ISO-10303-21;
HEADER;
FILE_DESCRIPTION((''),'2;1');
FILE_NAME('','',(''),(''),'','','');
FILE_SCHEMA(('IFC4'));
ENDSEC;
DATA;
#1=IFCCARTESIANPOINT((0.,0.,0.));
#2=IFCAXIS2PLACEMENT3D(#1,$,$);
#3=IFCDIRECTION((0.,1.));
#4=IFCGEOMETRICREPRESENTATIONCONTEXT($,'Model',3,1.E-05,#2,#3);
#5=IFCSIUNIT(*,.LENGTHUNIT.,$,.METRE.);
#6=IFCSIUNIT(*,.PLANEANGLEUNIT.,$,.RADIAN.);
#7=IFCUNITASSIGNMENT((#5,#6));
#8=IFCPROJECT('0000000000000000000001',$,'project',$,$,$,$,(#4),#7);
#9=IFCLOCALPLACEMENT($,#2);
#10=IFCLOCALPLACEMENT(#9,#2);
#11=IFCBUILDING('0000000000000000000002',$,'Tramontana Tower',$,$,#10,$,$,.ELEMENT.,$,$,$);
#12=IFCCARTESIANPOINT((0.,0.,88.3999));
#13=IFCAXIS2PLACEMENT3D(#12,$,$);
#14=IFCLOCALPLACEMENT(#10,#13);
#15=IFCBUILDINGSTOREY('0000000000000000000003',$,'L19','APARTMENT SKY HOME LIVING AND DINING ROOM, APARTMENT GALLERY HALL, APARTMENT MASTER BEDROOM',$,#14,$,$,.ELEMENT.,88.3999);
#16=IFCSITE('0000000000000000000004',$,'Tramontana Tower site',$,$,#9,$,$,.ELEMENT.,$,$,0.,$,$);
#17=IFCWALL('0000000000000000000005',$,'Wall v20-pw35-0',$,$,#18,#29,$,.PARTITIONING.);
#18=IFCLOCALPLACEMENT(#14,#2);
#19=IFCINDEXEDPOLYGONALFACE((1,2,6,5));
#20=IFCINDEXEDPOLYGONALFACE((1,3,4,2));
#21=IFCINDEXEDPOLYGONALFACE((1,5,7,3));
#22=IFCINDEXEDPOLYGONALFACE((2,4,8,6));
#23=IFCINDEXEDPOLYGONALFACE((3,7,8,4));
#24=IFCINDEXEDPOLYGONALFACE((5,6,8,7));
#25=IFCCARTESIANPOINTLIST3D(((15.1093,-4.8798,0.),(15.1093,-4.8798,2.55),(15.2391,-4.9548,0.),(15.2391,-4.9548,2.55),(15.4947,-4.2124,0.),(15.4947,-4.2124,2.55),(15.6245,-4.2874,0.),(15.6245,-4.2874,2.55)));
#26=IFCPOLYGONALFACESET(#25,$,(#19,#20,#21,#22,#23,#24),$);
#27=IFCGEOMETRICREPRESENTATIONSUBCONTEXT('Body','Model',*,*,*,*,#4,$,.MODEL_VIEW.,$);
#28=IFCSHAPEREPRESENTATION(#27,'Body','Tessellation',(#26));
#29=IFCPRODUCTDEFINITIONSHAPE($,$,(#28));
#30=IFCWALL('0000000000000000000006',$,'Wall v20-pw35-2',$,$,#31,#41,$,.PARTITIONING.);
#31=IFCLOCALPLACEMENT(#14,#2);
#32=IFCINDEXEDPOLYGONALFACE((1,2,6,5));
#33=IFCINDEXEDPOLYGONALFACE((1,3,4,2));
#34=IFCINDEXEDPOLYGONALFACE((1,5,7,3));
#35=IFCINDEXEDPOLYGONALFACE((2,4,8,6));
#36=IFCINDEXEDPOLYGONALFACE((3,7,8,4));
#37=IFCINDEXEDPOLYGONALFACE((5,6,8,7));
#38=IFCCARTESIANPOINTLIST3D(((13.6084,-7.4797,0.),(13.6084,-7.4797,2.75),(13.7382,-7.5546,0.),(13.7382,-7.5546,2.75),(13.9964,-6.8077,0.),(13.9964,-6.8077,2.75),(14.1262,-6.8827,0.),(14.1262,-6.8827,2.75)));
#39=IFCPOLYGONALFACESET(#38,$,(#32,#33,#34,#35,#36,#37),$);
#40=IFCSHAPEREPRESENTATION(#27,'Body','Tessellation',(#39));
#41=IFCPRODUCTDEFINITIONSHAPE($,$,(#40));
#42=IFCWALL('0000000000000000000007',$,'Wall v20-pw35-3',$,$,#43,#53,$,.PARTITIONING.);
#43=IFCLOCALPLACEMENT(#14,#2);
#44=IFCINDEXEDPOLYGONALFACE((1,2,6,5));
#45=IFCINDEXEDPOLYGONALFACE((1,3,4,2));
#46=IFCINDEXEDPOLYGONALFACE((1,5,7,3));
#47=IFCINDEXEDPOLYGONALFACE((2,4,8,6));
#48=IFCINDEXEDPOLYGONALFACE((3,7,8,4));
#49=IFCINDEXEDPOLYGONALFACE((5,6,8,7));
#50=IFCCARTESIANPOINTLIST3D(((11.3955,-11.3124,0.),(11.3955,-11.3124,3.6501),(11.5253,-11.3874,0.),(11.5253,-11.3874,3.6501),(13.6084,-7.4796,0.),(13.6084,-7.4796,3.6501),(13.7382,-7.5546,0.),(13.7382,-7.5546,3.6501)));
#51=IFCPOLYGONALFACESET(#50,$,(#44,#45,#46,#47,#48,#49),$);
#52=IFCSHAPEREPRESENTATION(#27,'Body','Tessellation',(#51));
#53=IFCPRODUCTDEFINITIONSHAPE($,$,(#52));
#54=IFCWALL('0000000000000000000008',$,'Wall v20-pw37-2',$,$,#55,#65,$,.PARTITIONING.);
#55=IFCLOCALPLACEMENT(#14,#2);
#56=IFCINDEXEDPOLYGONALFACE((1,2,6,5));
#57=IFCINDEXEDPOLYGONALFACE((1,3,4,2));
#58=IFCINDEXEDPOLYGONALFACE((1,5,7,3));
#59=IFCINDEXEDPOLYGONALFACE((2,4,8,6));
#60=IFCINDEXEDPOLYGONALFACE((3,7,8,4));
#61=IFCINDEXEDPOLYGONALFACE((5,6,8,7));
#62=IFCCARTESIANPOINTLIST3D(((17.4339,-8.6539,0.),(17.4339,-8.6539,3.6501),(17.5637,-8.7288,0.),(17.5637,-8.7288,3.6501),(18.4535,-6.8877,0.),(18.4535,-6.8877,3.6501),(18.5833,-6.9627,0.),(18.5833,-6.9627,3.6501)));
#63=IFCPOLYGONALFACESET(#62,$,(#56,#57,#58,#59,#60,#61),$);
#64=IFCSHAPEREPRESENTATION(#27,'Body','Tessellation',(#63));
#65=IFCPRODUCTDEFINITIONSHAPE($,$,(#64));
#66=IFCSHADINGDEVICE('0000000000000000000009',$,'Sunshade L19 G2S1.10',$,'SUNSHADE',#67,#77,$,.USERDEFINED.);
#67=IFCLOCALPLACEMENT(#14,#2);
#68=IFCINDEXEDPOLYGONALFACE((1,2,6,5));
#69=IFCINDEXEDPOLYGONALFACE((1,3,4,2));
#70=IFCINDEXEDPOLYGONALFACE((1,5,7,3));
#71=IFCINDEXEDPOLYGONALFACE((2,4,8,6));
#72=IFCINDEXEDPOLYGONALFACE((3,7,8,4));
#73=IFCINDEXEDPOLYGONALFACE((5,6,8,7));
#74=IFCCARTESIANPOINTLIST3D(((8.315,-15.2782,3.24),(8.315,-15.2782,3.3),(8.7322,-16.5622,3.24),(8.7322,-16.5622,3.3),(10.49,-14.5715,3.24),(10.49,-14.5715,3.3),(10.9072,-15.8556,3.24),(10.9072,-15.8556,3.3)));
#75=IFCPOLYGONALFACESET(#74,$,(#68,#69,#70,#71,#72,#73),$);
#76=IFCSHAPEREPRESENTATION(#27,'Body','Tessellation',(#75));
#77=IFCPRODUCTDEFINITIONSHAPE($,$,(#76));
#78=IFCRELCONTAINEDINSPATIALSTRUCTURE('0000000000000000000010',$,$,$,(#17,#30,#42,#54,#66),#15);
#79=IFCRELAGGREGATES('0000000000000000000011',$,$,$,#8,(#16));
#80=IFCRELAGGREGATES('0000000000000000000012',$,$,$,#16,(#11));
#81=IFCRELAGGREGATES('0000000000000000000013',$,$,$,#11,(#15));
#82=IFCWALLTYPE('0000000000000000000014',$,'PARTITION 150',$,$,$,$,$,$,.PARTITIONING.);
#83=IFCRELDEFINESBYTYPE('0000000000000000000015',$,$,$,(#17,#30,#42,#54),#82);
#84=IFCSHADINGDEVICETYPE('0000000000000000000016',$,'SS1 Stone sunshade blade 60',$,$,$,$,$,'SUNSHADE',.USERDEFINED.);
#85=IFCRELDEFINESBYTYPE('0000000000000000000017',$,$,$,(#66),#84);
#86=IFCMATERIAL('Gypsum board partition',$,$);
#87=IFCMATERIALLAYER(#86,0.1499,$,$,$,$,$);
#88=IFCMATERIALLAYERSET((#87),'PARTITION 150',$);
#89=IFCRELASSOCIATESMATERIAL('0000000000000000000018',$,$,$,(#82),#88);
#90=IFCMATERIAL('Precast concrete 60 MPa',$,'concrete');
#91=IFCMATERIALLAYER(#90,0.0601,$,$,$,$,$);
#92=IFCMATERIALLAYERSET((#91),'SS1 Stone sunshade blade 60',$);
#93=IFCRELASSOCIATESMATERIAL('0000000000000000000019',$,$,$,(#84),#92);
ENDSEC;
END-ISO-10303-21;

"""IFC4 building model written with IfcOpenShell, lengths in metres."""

from ifc_helpers import new_model, si_unit, direction, frame, frame_2d, origin, origin_2d, place, context, subcontext, project, spatial, rectangle, extrude, material, layer, layer_set, type_object, element, save


model = new_model("IFC4")

# Units and contexts
model_context = context("Model", 3, precision=1e-05, world=origin(), true_north=direction((0.0, 1.0)))
body_context = subcontext(model_context, "Body", "Model", "MODEL_VIEW")
ifc_project = project(units=[si_unit("LENGTHUNIT", "METRE"), si_unit("PLANEANGLEUNIT", "RADIAN")], contexts=[model_context])

# Site, building, storey
site_placement = place(None, origin())
site = spatial("IfcSite", under=ifc_project, at=site_placement, Name="Tramontana Tower site", CompositionType="ELEMENT", RefElevation=0.0)
building_placement = place(site_placement, origin())
building = spatial("IfcBuilding", under=site, at=building_placement, Name="Tramontana Tower", CompositionType="ELEMENT")
storey_placement = place(building_placement, frame((0.0, 0.0, 88.3999)))
storey = spatial("IfcBuildingStorey", under=building, at=storey_placement, Name="L19", Description="APARTMENT SKY HOME LIVING AND DINING ROOM, APARTMENT GALLERY HALL, APARTMENT MASTER BEDROOM", CompositionType="ELEMENT", Elevation=88.3999)

# Shared definitions
ifc_material_1 = material(Name="Gypsum board partition")
ifc_layer_1 = layer(ifc_material_1, 0.1499)
ifc_layer_set_1 = layer_set([ifc_layer_1], Name="PARTITION 150")
wall_type_1 = type_object("IfcWallType", Name="PARTITION 150", PredefinedType="PARTITIONING", material=ifc_layer_set_1)

# Wall
wall_1_placement = place(storey_placement, frame((15.5596, -4.25, 0.0), z_axis=(0.0, 0.0, 1.0), x_axis=(-0.500125, -0.865953, 0.0)))
element("IfcWall", 1, at=wall_1_placement, inside=storey, type_object=wall_type_1, Name="Wall v20-pw35-0", PredefinedType="PARTITIONING", context=body_context, shape_type="SweptSolid", body=[
    extrude(rectangle(XDim=0.7708, YDim=0.1499, at=frame_2d((0.3853, 0.0))), origin(), (0.0, 0.0, 1.0), 2.55),
])

# Walls
wall_2_placement = place(storey_placement, frame((14.0613, -6.8452, 0.0), z_axis=(0.0, 0.0, 1.0), x_axis=(-0.500031, -0.866007, 0.0)))
element("IfcWall", 2, at=wall_2_placement, inside=storey, type_object=wall_type_1, Name="Wall v20-pw35-2", PredefinedType="PARTITIONING", context=body_context, shape_type="SweptSolid", body=[
    extrude(rectangle(XDim=0.7759, YDim=0.1499, at=frame_2d((0.3879, 0.0))), origin(), (0.0, 0.0, 1.0), 2.75),
])
wall_3_placement = place(storey_placement, frame((13.6733, -7.5171, 0.0), z_axis=(0.0, 0.0, 1.0), x_axis=(-0.500007, -0.866021, 0.0)))
element("IfcWall", 3, at=wall_3_placement, inside=storey, type_object=wall_type_1, Name="Wall v20-pw35-3", PredefinedType="PARTITIONING", context=body_context, shape_type="SweptSolid", body=[
    extrude(rectangle(XDim=4.4258, YDim=0.1499, at=frame_2d((2.2129, 0.0))), origin(), (0.0, 0.0, 1.0), 3.6501),
])
wall_4_placement = place(storey_placement, frame((18.5183, -6.9253, 0.0), z_axis=(0.0, 0.0, 1.0), x_axis=(-0.49995, -0.866054, 0.0)))
element("IfcWall", 4, at=wall_4_placement, inside=storey, type_object=wall_type_1, Name="Wall v20-pw37-2", PredefinedType="PARTITIONING", context=body_context, shape_type="SweptSolid", body=[
    extrude(rectangle(XDim=2.0393, YDim=0.1499, at=frame_2d((1.0195, 0.0))), origin(), (0.0, 0.0, 1.0), 3.6501),
])

# Shading device
ifc_material_2 = material(Name="Precast concrete 60 MPa", Category="concrete")
ifc_layer_2 = layer(ifc_material_2, 0.0601)
ifc_layer_set_2 = layer_set([ifc_layer_2], Name="SS1 Stone sunshade blade 60")
shading_device_type = type_object("IfcShadingDeviceType", Name="SS1 Stone sunshade blade 60", ElementType="SUNSHADE", PredefinedType="USERDEFINED", material=ifc_layer_set_2)
shading_device_placement = place(storey_placement, frame((9.6111, -15.5669, 3.24), z_axis=(0.0, 0.0, 1.0), x_axis=(0.951057, 0.309017, 0.0)))
element("IfcShadingDevice", 5, at=shading_device_placement, inside=storey, type_object=shading_device_type, Name="Sunshade L19 G2S1.10", ObjectType="SUNSHADE", PredefinedType="USERDEFINED", context=body_context, shape_type="SweptSolid", body=[
    extrude(rectangle(XDim=2.2869, YDim=1.3501, at=origin_2d()), origin(), (0.0, 0.0, 1.0), 0.0601),
])

save(model, "model.ifc")
